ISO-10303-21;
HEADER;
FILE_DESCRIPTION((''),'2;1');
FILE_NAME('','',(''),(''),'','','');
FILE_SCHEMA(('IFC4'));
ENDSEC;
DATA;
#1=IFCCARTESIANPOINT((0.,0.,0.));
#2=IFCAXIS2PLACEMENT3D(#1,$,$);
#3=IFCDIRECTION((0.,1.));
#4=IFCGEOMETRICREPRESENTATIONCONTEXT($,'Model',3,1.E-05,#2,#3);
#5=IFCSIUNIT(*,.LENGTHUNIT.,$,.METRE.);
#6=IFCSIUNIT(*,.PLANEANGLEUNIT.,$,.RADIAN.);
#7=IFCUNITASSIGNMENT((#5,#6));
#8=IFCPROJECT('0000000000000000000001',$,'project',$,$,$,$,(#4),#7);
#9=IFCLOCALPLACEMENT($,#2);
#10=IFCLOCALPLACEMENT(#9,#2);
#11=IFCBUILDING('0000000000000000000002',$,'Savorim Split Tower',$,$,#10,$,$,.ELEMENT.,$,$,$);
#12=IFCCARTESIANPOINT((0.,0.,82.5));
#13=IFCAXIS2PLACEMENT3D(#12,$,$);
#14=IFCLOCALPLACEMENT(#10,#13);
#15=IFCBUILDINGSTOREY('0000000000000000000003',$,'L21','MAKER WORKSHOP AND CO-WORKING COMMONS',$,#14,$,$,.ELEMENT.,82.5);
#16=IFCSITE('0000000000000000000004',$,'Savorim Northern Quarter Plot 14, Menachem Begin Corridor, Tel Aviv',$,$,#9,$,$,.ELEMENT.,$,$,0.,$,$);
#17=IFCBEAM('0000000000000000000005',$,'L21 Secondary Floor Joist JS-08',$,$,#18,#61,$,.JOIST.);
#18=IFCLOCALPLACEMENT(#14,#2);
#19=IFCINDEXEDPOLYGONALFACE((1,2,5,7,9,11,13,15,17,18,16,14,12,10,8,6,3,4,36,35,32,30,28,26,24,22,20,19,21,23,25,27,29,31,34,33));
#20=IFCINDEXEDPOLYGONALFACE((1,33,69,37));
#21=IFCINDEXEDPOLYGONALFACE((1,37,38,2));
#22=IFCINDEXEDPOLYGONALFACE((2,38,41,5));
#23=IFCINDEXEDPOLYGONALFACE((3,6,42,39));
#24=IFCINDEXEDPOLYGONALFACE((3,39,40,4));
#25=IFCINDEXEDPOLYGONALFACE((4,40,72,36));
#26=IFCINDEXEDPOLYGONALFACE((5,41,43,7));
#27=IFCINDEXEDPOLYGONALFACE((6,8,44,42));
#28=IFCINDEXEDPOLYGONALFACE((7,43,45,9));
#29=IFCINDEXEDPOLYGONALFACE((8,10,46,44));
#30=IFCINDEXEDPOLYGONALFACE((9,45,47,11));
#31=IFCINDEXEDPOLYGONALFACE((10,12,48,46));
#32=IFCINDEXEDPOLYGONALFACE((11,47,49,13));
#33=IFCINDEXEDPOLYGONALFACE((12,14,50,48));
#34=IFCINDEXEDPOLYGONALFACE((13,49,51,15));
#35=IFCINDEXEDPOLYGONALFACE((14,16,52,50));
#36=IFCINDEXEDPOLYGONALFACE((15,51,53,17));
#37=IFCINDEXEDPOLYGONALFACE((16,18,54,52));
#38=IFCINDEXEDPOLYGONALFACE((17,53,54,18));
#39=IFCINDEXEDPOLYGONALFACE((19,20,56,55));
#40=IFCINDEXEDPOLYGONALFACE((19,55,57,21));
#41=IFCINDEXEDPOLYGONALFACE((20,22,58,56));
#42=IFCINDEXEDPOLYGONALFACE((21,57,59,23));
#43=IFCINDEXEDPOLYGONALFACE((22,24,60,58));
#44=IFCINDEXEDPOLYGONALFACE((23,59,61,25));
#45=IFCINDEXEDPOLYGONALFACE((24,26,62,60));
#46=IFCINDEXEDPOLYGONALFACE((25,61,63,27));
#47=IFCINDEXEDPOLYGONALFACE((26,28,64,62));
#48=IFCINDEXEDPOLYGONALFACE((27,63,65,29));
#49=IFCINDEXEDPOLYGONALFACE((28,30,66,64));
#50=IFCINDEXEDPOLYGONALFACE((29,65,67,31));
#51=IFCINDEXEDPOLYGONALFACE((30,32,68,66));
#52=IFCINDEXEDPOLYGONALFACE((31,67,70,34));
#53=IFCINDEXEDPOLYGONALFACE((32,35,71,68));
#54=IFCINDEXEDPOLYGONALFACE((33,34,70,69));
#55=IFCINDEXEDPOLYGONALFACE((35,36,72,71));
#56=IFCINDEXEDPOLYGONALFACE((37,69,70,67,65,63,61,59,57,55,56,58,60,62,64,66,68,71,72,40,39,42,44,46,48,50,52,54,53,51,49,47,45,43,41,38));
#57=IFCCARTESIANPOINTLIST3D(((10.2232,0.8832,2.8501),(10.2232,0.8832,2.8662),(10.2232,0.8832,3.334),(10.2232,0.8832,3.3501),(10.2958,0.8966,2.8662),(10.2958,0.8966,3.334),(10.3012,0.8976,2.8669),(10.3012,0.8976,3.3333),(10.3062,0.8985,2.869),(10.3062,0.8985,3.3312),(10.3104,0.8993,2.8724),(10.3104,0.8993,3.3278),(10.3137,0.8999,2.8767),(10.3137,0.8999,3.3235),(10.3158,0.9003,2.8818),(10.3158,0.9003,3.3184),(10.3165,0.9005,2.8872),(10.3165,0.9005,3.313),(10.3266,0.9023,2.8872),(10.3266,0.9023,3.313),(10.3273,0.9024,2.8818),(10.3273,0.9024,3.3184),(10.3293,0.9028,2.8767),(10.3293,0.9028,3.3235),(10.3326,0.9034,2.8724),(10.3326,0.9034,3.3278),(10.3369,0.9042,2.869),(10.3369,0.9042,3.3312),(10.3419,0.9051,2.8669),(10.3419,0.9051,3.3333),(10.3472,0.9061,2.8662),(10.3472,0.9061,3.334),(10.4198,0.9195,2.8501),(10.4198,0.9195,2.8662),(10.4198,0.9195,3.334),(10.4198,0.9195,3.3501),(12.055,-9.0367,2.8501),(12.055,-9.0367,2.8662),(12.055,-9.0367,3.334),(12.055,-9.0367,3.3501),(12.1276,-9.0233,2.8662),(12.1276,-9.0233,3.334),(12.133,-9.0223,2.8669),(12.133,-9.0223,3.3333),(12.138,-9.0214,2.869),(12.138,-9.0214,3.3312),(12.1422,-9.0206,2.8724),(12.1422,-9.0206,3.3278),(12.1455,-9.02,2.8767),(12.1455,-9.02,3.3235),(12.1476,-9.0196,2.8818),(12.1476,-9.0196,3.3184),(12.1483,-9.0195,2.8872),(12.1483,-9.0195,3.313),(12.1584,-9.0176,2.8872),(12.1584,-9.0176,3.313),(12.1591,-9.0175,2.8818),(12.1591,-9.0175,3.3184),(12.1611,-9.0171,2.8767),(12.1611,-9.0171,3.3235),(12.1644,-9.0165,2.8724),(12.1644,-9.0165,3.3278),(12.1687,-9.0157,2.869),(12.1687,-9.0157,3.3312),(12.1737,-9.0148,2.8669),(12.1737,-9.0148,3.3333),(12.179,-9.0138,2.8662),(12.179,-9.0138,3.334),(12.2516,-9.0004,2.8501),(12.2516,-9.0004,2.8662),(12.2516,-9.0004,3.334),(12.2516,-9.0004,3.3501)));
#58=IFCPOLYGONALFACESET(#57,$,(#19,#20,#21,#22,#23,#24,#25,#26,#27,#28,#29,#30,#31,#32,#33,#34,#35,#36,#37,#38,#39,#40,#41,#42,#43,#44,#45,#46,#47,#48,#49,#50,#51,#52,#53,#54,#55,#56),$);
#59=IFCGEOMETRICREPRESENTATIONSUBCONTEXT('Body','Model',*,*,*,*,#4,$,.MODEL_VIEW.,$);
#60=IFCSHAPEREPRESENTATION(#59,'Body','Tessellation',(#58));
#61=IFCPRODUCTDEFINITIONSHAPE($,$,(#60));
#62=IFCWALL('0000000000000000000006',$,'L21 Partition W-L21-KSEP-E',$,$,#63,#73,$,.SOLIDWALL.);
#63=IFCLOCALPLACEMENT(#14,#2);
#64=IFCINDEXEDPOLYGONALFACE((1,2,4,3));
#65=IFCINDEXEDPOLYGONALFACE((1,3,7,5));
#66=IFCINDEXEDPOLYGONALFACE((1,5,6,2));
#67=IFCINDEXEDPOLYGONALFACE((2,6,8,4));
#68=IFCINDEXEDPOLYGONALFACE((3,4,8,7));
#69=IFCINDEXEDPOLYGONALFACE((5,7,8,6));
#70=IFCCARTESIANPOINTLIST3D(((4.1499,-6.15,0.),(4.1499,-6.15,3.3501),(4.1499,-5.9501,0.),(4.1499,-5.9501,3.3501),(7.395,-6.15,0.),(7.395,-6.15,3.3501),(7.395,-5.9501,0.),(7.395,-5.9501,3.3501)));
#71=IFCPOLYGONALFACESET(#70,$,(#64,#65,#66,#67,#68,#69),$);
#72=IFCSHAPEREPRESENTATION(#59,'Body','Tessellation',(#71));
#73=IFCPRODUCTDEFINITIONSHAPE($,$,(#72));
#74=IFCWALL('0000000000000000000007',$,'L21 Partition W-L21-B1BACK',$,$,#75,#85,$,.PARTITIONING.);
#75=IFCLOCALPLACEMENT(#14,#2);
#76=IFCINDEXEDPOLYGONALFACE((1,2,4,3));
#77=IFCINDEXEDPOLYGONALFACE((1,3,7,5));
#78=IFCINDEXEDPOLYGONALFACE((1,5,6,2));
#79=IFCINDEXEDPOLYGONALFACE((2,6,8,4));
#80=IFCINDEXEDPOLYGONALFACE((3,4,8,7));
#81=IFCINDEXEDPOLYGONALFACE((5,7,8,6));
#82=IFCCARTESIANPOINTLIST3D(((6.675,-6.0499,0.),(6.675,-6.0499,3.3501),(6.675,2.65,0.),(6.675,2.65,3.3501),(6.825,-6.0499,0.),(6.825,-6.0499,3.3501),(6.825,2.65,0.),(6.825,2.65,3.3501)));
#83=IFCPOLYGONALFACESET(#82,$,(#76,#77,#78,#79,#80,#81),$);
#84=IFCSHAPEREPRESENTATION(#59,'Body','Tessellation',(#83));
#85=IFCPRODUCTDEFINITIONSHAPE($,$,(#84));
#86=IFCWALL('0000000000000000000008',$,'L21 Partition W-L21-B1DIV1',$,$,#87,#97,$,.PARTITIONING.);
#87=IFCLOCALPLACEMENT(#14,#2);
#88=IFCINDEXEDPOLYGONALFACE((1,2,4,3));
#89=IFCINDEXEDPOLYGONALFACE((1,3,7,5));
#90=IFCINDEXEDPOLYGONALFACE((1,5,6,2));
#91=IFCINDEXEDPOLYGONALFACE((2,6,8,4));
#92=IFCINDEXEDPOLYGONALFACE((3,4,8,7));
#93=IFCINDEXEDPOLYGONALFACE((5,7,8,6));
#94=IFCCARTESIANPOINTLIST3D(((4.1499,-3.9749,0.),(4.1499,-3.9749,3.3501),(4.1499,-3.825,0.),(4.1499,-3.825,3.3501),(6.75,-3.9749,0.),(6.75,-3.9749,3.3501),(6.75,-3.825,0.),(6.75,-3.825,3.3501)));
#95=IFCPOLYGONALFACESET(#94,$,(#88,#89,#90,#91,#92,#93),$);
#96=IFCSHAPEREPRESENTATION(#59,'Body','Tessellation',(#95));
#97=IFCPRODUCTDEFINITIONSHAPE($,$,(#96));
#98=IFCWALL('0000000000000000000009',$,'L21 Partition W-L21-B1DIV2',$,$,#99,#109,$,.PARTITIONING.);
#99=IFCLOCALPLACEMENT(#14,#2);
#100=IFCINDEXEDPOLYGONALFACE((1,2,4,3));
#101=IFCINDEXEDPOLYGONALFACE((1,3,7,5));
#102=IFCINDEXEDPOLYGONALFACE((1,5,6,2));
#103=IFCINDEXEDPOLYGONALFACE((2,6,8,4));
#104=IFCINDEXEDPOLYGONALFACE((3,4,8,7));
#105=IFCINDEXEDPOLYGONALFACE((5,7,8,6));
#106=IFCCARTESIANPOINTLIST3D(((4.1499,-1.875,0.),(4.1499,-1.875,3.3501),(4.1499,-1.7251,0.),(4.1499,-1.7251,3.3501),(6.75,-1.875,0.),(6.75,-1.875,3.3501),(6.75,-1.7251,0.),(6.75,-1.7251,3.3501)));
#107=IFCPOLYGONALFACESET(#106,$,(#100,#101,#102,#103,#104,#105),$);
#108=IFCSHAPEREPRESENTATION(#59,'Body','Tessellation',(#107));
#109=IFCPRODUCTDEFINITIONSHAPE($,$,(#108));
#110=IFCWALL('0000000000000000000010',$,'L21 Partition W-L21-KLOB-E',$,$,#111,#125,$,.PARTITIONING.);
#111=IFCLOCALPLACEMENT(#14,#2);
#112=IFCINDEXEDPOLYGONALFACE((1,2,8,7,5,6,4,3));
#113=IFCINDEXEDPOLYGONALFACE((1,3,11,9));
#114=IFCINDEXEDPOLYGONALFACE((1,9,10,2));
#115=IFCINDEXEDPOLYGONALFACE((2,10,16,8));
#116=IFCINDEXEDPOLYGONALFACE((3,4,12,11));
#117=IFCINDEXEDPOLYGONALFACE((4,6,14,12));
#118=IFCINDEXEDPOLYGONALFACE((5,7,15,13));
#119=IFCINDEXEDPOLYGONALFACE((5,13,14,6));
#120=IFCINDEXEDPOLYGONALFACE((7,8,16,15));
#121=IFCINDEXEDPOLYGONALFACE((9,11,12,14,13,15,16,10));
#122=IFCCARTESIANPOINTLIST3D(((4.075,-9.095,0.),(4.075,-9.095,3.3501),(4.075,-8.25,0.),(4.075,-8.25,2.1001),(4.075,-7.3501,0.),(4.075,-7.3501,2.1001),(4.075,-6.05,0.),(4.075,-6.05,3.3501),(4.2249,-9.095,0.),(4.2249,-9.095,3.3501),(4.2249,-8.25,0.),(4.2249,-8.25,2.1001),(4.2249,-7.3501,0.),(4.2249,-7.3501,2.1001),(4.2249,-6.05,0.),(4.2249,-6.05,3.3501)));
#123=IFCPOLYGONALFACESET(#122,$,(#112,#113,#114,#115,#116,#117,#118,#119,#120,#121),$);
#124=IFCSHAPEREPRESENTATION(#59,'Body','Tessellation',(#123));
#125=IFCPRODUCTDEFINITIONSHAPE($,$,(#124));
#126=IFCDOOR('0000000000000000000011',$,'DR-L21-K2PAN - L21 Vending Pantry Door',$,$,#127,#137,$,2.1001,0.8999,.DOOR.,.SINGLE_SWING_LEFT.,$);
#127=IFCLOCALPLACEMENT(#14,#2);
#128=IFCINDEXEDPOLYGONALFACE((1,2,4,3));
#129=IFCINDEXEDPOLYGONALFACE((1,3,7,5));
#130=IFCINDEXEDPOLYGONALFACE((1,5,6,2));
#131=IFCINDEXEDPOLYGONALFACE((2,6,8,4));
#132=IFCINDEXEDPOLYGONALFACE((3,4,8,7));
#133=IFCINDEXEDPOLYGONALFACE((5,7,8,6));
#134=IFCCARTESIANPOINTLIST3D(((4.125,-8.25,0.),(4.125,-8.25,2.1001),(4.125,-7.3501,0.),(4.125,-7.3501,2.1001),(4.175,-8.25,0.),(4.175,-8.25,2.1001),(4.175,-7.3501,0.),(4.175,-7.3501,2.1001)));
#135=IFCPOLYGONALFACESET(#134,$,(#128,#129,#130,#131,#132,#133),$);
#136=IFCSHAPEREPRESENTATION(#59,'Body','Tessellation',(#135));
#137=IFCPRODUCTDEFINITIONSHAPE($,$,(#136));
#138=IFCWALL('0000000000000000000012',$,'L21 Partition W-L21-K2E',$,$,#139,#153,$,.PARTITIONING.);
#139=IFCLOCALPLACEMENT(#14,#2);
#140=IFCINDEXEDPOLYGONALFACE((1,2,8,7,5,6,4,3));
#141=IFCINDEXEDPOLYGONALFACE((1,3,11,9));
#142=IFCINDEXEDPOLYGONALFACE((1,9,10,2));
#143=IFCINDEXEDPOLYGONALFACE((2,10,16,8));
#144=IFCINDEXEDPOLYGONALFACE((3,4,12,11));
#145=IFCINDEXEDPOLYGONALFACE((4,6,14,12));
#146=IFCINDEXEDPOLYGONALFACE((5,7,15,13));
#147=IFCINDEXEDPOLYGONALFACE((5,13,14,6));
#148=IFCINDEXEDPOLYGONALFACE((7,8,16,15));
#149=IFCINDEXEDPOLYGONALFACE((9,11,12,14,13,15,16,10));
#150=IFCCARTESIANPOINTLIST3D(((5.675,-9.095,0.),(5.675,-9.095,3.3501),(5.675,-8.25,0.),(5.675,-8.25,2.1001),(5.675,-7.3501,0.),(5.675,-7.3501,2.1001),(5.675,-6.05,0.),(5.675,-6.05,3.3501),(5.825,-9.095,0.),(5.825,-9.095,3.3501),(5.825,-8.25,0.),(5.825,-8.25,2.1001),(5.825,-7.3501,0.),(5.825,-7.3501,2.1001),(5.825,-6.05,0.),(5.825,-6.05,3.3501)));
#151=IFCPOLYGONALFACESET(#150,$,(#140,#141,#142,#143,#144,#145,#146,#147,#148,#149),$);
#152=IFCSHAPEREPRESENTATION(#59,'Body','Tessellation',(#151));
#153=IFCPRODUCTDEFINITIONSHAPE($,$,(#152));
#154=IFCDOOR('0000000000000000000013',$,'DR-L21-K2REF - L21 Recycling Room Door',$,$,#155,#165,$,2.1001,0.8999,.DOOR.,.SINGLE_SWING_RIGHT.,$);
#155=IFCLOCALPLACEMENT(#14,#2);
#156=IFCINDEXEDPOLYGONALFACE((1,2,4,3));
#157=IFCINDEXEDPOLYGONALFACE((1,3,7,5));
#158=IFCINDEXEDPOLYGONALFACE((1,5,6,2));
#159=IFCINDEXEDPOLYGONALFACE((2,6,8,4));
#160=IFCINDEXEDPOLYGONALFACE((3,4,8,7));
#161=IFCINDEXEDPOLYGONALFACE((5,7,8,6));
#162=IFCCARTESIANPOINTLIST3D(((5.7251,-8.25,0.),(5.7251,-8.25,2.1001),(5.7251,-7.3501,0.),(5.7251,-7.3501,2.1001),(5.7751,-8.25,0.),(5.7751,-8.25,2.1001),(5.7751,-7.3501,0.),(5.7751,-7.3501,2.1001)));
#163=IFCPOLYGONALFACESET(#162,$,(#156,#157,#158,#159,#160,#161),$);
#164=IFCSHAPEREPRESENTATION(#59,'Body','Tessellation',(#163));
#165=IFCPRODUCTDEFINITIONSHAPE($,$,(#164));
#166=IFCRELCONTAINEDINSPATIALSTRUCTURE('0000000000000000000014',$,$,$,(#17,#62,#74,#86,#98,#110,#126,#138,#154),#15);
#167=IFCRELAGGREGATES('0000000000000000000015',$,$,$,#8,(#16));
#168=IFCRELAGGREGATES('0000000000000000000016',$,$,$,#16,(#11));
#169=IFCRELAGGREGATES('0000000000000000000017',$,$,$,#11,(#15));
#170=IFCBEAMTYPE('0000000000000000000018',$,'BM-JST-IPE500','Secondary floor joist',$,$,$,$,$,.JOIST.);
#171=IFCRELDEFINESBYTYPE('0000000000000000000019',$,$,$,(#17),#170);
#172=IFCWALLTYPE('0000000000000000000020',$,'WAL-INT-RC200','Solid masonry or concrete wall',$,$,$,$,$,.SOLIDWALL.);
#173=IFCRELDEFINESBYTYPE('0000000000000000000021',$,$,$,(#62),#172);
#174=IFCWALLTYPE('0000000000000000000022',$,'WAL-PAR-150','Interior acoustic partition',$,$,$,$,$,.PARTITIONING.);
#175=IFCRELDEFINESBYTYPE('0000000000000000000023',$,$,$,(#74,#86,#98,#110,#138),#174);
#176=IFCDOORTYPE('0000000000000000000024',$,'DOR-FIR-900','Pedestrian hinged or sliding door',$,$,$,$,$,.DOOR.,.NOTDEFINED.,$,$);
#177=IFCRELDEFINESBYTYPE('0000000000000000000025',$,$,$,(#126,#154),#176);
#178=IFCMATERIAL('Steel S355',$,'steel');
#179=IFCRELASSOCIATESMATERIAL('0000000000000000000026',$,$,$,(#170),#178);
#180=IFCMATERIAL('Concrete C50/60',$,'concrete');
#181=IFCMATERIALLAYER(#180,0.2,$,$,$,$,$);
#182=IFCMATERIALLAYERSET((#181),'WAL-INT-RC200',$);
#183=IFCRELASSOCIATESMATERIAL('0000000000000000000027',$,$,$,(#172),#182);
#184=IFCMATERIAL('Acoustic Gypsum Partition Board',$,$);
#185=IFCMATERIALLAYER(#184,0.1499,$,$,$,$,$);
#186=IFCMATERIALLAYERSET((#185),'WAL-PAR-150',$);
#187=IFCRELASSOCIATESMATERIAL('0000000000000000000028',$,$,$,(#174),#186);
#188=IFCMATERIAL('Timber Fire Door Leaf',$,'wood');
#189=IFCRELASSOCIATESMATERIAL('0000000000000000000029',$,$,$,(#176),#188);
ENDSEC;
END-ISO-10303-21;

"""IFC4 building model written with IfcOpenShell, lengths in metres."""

from ifc_helpers import new_model, si_unit, direction, frame, frame_2d, origin, origin_2d, place, context, subcontext, project, spatial, rectangle, i_section, extrude, material, layer, layer_set, material_profile, profile_set, type_object, element, fill, save


model = new_model("IFC4")

# Units and contexts
model_context = context("Model", 3, precision=1e-05, world=origin(), true_north=direction((0.0, 1.0)))
body_context = subcontext(model_context, "Body", "Model", "MODEL_VIEW")
ifc_project = project(units=[si_unit("LENGTHUNIT", "METRE"), si_unit("PLANEANGLEUNIT", "RADIAN")], contexts=[model_context])

# Site, building, storey
site_placement = place(None, origin())
site = spatial("IfcSite", under=ifc_project, at=site_placement, Name="Savorim Northern Quarter Plot 14, Menachem Begin Corridor, Tel Aviv", CompositionType="ELEMENT", RefElevation=0.0)
building_placement = place(site_placement, origin())
building = spatial("IfcBuilding", under=site, at=building_placement, Name="Savorim Split Tower", CompositionType="ELEMENT")
storey_placement = place(building_placement, frame((0.0, 0.0, 82.5)))
storey = spatial("IfcBuildingStorey", under=building, at=storey_placement, Name="L21", Description="MAKER WORKSHOP AND CO-WORKING COMMONS", CompositionType="ELEMENT", Elevation=82.5)

# Beam
ifc_material_1 = material(Name="Steel S355", Category="steel")
ifc_material_profile_1 = material_profile(ifc_material_1, i_section(OverallWidth=0.2, OverallDepth=0.5, WebThickness=0.0103, FlangeThickness=0.0161, FilletRadius=0.021, at=origin_2d()), Name="IPE 500")
ifc_profile_set_1 = profile_set([ifc_material_profile_1], Name="Steel S355")
beam_type_1 = type_object("IfcBeamType", Name="BM-JST-IPE500", Description="Secondary floor joist", PredefinedType="JOIST", material=ifc_profile_set_1)
beam_1_placement = place(storey_placement, frame((12.1533, -9.0186, 3.1001), z_axis=(-0.181587, 0.983375, 0.0), x_axis=(-0.983375, -0.181587, 0.0)))
element("IfcBeam", 1, at=beam_1_placement, inside=storey, type_object=beam_type_1, Name="L21 Secondary Floor Joist JS-08", PredefinedType="JOIST", context=body_context, shape_type="SweptSolid", body=[
    extrude(i_section(OverallWidth=0.2, OverallDepth=0.5, WebThickness=0.0103, FlangeThickness=0.0161, FilletRadius=0.021, at=origin_2d()), origin(), (0.0, 0.0, 1.0), 10.0876),
])

# Shared definitions
ifc_material_2 = material(Name="Concrete C50/60", Category="concrete")
ifc_layer_1 = layer(ifc_material_2, 0.2)
ifc_layer_set_1 = layer_set([ifc_layer_1], Name="WAL-INT-RC200")
wall_type_1 = type_object("IfcWallType", Name="WAL-INT-RC200", Description="Solid masonry or concrete wall", PredefinedType="SOLIDWALL", material=ifc_layer_set_1)

# Walls
wall_1_placement = place(storey_placement, frame((4.1499, -6.05, 0.0), z_axis=(0.0, 0.0, 1.0), x_axis=(1.0, 0.0, 0.0)))
element("IfcWall", 2, at=wall_1_placement, inside=storey, type_object=wall_type_1, Name="L21 Partition W-L21-KSEP-E", PredefinedType="SOLIDWALL", context=body_context, shape_type="SweptSolid", body=[
    extrude(rectangle(XDim=3.2451, YDim=0.2, at=frame_2d((1.6226, 0.0))), origin(), (0.0, 0.0, 1.0), 3.3501),
])
ifc_material_3 = material(Name="Acoustic Gypsum Partition Board")
ifc_layer_2 = layer(ifc_material_3, 0.1499)
ifc_layer_set_2 = layer_set([ifc_layer_2], Name="WAL-PAR-150")
wall_type_2 = type_object("IfcWallType", Name="WAL-PAR-150", Description="Interior acoustic partition", PredefinedType="PARTITIONING", material=ifc_layer_set_2)
wall_2_placement = place(storey_placement, frame((6.75, -6.05, 0.0), z_axis=(0.0, 0.0, 1.0), x_axis=(0.0, 1.0, 0.0)))
element("IfcWall", 3, at=wall_2_placement, inside=storey, type_object=wall_type_2, Name="L21 Partition W-L21-B1BACK", PredefinedType="PARTITIONING", context=body_context, shape_type="SweptSolid", body=[
    extrude(rectangle(XDim=8.7, YDim=0.1499, at=frame_2d((4.3501, 0.0))), origin(), (0.0, 0.0, 1.0), 3.3501),
])
for number, where, z_axis, x_axis, name in (
    (4, (4.1499, -3.8999, 0.0), (0.0, 0.0, 1.0), (1.0, 0.0, 0.0), "L21 Partition W-L21-B1DIV1"),
    (5, (4.1499, -1.8, 0.0), (0.0, 0.0, 1.0), (1.0, 0.0, 0.0), "L21 Partition W-L21-B1DIV2"),
):
    element("IfcWall", number, at=place(storey_placement, frame(where, z_axis=z_axis, x_axis=x_axis)), inside=storey, type_object=wall_type_2, Name=name, PredefinedType="PARTITIONING", context=body_context, shape_type="SweptSolid", body=[
        extrude(rectangle(XDim=2.6001, YDim=0.1499, at=frame_2d((1.3, 0.0))), origin(), (0.0, 0.0, 1.0), 3.3501),
    ])

# Walls, openings, doors
wall_3_placement = place(storey_placement, frame((4.1499, -9.095, 0.0), z_axis=(0.0, 0.0, 1.0), x_axis=(0.0, 1.0, 0.0)))
wall_3 = element("IfcWall", 6, at=wall_3_placement, inside=storey, type_object=wall_type_2, Name="L21 Partition W-L21-KLOB-E", PredefinedType="PARTITIONING", context=body_context, shape_type="SweptSolid", body=[
    extrude(rectangle(XDim=3.0449, YDim=0.1499, at=frame_2d((1.5225, 0.0))), origin(), (0.0, 0.0, 1.0), 3.3501),
])
opening_1_placement = place(wall_3_placement, frame((0.845, 0.0, 0.0)))
opening_1 = element("IfcOpeningElement", 7, at=opening_1_placement, cuts=wall_3, PredefinedType="OPENING", context=body_context, shape_type="SweptSolid", body=[
    extrude(rectangle(XDim=0.8999, YDim=2.1001, at=frame_2d((0.45, 1.05))), frame((0.0, 0.085, 0.0), z_axis=(0.0, -1.0, 0.0), x_axis=(1.0, 0.0, 0.0)), (0.0, 0.0, 1.0), 0.1699),
])
ifc_material_4 = material(Name="Timber Fire Door Leaf", Category="wood")
door_type_1 = type_object("IfcDoorType", Name="DOR-FIR-900", Description="Pedestrian hinged or sliding door", OperationType="NOTDEFINED", PredefinedType="DOOR", material=ifc_material_4)
door_1_placement = place(opening_1_placement, origin())
door_1 = element("IfcDoor", 8, at=door_1_placement, inside=storey, type_object=door_type_1, Name="DR-L21-K2PAN - L21 Vending Pantry Door", OperationType="SINGLE_SWING_LEFT", OverallHeight=2.1001, OverallWidth=0.8999, PredefinedType="DOOR", context=body_context, shape_type="SweptSolid", body=[
    extrude(rectangle(XDim=0.8999, YDim=2.1001, at=frame_2d((0.45, 1.05))), frame((0.0, 0.0249, 0.0), z_axis=(0.0, -1.0, 0.0), x_axis=(1.0, 0.0, 0.0)), (0.0, 0.0, 1.0), 0.05),
])
fill(opening_1, door_1)
wall_4_placement = place(storey_placement, frame((5.75, -9.095, 0.0), z_axis=(0.0, 0.0, 1.0), x_axis=(0.0, 1.0, 0.0)))
wall_4 = element("IfcWall", 9, at=wall_4_placement, inside=storey, type_object=wall_type_2, Name="L21 Partition W-L21-K2E", PredefinedType="PARTITIONING", context=body_context, shape_type="SweptSolid", body=[
    extrude(rectangle(XDim=3.0449, YDim=0.1499, at=frame_2d((1.5225, 0.0))), origin(), (0.0, 0.0, 1.0), 3.3501),
])
opening_2_placement = place(wall_4_placement, frame((0.845, 0.0, 0.0)))
opening_2 = element("IfcOpeningElement", 10, at=opening_2_placement, cuts=wall_4, PredefinedType="OPENING", context=body_context, shape_type="SweptSolid", body=[
    extrude(rectangle(XDim=0.8999, YDim=2.1001, at=frame_2d((0.45, 1.05))), frame((0.0, 0.085, 0.0), z_axis=(0.0, -1.0, 0.0), x_axis=(1.0, 0.0, 0.0)), (0.0, 0.0, 1.0), 0.1699),
])
door_2_placement = place(opening_2_placement, origin())
door_2 = element("IfcDoor", 11, at=door_2_placement, inside=storey, type_object=door_type_1, Name="DR-L21-K2REF - L21 Recycling Room Door", OperationType="SINGLE_SWING_RIGHT", OverallHeight=2.1001, OverallWidth=0.8999, PredefinedType="DOOR", context=body_context, shape_type="SweptSolid", body=[
    extrude(rectangle(XDim=0.8999, YDim=2.1001, at=frame_2d((0.45, 1.05))), frame((0.0, 0.0249, 0.0), z_axis=(0.0, -1.0, 0.0), x_axis=(1.0, 0.0, 0.0)), (0.0, 0.0, 1.0), 0.05),
])
fill(opening_2, door_2)

save(model, "model.ifc")
